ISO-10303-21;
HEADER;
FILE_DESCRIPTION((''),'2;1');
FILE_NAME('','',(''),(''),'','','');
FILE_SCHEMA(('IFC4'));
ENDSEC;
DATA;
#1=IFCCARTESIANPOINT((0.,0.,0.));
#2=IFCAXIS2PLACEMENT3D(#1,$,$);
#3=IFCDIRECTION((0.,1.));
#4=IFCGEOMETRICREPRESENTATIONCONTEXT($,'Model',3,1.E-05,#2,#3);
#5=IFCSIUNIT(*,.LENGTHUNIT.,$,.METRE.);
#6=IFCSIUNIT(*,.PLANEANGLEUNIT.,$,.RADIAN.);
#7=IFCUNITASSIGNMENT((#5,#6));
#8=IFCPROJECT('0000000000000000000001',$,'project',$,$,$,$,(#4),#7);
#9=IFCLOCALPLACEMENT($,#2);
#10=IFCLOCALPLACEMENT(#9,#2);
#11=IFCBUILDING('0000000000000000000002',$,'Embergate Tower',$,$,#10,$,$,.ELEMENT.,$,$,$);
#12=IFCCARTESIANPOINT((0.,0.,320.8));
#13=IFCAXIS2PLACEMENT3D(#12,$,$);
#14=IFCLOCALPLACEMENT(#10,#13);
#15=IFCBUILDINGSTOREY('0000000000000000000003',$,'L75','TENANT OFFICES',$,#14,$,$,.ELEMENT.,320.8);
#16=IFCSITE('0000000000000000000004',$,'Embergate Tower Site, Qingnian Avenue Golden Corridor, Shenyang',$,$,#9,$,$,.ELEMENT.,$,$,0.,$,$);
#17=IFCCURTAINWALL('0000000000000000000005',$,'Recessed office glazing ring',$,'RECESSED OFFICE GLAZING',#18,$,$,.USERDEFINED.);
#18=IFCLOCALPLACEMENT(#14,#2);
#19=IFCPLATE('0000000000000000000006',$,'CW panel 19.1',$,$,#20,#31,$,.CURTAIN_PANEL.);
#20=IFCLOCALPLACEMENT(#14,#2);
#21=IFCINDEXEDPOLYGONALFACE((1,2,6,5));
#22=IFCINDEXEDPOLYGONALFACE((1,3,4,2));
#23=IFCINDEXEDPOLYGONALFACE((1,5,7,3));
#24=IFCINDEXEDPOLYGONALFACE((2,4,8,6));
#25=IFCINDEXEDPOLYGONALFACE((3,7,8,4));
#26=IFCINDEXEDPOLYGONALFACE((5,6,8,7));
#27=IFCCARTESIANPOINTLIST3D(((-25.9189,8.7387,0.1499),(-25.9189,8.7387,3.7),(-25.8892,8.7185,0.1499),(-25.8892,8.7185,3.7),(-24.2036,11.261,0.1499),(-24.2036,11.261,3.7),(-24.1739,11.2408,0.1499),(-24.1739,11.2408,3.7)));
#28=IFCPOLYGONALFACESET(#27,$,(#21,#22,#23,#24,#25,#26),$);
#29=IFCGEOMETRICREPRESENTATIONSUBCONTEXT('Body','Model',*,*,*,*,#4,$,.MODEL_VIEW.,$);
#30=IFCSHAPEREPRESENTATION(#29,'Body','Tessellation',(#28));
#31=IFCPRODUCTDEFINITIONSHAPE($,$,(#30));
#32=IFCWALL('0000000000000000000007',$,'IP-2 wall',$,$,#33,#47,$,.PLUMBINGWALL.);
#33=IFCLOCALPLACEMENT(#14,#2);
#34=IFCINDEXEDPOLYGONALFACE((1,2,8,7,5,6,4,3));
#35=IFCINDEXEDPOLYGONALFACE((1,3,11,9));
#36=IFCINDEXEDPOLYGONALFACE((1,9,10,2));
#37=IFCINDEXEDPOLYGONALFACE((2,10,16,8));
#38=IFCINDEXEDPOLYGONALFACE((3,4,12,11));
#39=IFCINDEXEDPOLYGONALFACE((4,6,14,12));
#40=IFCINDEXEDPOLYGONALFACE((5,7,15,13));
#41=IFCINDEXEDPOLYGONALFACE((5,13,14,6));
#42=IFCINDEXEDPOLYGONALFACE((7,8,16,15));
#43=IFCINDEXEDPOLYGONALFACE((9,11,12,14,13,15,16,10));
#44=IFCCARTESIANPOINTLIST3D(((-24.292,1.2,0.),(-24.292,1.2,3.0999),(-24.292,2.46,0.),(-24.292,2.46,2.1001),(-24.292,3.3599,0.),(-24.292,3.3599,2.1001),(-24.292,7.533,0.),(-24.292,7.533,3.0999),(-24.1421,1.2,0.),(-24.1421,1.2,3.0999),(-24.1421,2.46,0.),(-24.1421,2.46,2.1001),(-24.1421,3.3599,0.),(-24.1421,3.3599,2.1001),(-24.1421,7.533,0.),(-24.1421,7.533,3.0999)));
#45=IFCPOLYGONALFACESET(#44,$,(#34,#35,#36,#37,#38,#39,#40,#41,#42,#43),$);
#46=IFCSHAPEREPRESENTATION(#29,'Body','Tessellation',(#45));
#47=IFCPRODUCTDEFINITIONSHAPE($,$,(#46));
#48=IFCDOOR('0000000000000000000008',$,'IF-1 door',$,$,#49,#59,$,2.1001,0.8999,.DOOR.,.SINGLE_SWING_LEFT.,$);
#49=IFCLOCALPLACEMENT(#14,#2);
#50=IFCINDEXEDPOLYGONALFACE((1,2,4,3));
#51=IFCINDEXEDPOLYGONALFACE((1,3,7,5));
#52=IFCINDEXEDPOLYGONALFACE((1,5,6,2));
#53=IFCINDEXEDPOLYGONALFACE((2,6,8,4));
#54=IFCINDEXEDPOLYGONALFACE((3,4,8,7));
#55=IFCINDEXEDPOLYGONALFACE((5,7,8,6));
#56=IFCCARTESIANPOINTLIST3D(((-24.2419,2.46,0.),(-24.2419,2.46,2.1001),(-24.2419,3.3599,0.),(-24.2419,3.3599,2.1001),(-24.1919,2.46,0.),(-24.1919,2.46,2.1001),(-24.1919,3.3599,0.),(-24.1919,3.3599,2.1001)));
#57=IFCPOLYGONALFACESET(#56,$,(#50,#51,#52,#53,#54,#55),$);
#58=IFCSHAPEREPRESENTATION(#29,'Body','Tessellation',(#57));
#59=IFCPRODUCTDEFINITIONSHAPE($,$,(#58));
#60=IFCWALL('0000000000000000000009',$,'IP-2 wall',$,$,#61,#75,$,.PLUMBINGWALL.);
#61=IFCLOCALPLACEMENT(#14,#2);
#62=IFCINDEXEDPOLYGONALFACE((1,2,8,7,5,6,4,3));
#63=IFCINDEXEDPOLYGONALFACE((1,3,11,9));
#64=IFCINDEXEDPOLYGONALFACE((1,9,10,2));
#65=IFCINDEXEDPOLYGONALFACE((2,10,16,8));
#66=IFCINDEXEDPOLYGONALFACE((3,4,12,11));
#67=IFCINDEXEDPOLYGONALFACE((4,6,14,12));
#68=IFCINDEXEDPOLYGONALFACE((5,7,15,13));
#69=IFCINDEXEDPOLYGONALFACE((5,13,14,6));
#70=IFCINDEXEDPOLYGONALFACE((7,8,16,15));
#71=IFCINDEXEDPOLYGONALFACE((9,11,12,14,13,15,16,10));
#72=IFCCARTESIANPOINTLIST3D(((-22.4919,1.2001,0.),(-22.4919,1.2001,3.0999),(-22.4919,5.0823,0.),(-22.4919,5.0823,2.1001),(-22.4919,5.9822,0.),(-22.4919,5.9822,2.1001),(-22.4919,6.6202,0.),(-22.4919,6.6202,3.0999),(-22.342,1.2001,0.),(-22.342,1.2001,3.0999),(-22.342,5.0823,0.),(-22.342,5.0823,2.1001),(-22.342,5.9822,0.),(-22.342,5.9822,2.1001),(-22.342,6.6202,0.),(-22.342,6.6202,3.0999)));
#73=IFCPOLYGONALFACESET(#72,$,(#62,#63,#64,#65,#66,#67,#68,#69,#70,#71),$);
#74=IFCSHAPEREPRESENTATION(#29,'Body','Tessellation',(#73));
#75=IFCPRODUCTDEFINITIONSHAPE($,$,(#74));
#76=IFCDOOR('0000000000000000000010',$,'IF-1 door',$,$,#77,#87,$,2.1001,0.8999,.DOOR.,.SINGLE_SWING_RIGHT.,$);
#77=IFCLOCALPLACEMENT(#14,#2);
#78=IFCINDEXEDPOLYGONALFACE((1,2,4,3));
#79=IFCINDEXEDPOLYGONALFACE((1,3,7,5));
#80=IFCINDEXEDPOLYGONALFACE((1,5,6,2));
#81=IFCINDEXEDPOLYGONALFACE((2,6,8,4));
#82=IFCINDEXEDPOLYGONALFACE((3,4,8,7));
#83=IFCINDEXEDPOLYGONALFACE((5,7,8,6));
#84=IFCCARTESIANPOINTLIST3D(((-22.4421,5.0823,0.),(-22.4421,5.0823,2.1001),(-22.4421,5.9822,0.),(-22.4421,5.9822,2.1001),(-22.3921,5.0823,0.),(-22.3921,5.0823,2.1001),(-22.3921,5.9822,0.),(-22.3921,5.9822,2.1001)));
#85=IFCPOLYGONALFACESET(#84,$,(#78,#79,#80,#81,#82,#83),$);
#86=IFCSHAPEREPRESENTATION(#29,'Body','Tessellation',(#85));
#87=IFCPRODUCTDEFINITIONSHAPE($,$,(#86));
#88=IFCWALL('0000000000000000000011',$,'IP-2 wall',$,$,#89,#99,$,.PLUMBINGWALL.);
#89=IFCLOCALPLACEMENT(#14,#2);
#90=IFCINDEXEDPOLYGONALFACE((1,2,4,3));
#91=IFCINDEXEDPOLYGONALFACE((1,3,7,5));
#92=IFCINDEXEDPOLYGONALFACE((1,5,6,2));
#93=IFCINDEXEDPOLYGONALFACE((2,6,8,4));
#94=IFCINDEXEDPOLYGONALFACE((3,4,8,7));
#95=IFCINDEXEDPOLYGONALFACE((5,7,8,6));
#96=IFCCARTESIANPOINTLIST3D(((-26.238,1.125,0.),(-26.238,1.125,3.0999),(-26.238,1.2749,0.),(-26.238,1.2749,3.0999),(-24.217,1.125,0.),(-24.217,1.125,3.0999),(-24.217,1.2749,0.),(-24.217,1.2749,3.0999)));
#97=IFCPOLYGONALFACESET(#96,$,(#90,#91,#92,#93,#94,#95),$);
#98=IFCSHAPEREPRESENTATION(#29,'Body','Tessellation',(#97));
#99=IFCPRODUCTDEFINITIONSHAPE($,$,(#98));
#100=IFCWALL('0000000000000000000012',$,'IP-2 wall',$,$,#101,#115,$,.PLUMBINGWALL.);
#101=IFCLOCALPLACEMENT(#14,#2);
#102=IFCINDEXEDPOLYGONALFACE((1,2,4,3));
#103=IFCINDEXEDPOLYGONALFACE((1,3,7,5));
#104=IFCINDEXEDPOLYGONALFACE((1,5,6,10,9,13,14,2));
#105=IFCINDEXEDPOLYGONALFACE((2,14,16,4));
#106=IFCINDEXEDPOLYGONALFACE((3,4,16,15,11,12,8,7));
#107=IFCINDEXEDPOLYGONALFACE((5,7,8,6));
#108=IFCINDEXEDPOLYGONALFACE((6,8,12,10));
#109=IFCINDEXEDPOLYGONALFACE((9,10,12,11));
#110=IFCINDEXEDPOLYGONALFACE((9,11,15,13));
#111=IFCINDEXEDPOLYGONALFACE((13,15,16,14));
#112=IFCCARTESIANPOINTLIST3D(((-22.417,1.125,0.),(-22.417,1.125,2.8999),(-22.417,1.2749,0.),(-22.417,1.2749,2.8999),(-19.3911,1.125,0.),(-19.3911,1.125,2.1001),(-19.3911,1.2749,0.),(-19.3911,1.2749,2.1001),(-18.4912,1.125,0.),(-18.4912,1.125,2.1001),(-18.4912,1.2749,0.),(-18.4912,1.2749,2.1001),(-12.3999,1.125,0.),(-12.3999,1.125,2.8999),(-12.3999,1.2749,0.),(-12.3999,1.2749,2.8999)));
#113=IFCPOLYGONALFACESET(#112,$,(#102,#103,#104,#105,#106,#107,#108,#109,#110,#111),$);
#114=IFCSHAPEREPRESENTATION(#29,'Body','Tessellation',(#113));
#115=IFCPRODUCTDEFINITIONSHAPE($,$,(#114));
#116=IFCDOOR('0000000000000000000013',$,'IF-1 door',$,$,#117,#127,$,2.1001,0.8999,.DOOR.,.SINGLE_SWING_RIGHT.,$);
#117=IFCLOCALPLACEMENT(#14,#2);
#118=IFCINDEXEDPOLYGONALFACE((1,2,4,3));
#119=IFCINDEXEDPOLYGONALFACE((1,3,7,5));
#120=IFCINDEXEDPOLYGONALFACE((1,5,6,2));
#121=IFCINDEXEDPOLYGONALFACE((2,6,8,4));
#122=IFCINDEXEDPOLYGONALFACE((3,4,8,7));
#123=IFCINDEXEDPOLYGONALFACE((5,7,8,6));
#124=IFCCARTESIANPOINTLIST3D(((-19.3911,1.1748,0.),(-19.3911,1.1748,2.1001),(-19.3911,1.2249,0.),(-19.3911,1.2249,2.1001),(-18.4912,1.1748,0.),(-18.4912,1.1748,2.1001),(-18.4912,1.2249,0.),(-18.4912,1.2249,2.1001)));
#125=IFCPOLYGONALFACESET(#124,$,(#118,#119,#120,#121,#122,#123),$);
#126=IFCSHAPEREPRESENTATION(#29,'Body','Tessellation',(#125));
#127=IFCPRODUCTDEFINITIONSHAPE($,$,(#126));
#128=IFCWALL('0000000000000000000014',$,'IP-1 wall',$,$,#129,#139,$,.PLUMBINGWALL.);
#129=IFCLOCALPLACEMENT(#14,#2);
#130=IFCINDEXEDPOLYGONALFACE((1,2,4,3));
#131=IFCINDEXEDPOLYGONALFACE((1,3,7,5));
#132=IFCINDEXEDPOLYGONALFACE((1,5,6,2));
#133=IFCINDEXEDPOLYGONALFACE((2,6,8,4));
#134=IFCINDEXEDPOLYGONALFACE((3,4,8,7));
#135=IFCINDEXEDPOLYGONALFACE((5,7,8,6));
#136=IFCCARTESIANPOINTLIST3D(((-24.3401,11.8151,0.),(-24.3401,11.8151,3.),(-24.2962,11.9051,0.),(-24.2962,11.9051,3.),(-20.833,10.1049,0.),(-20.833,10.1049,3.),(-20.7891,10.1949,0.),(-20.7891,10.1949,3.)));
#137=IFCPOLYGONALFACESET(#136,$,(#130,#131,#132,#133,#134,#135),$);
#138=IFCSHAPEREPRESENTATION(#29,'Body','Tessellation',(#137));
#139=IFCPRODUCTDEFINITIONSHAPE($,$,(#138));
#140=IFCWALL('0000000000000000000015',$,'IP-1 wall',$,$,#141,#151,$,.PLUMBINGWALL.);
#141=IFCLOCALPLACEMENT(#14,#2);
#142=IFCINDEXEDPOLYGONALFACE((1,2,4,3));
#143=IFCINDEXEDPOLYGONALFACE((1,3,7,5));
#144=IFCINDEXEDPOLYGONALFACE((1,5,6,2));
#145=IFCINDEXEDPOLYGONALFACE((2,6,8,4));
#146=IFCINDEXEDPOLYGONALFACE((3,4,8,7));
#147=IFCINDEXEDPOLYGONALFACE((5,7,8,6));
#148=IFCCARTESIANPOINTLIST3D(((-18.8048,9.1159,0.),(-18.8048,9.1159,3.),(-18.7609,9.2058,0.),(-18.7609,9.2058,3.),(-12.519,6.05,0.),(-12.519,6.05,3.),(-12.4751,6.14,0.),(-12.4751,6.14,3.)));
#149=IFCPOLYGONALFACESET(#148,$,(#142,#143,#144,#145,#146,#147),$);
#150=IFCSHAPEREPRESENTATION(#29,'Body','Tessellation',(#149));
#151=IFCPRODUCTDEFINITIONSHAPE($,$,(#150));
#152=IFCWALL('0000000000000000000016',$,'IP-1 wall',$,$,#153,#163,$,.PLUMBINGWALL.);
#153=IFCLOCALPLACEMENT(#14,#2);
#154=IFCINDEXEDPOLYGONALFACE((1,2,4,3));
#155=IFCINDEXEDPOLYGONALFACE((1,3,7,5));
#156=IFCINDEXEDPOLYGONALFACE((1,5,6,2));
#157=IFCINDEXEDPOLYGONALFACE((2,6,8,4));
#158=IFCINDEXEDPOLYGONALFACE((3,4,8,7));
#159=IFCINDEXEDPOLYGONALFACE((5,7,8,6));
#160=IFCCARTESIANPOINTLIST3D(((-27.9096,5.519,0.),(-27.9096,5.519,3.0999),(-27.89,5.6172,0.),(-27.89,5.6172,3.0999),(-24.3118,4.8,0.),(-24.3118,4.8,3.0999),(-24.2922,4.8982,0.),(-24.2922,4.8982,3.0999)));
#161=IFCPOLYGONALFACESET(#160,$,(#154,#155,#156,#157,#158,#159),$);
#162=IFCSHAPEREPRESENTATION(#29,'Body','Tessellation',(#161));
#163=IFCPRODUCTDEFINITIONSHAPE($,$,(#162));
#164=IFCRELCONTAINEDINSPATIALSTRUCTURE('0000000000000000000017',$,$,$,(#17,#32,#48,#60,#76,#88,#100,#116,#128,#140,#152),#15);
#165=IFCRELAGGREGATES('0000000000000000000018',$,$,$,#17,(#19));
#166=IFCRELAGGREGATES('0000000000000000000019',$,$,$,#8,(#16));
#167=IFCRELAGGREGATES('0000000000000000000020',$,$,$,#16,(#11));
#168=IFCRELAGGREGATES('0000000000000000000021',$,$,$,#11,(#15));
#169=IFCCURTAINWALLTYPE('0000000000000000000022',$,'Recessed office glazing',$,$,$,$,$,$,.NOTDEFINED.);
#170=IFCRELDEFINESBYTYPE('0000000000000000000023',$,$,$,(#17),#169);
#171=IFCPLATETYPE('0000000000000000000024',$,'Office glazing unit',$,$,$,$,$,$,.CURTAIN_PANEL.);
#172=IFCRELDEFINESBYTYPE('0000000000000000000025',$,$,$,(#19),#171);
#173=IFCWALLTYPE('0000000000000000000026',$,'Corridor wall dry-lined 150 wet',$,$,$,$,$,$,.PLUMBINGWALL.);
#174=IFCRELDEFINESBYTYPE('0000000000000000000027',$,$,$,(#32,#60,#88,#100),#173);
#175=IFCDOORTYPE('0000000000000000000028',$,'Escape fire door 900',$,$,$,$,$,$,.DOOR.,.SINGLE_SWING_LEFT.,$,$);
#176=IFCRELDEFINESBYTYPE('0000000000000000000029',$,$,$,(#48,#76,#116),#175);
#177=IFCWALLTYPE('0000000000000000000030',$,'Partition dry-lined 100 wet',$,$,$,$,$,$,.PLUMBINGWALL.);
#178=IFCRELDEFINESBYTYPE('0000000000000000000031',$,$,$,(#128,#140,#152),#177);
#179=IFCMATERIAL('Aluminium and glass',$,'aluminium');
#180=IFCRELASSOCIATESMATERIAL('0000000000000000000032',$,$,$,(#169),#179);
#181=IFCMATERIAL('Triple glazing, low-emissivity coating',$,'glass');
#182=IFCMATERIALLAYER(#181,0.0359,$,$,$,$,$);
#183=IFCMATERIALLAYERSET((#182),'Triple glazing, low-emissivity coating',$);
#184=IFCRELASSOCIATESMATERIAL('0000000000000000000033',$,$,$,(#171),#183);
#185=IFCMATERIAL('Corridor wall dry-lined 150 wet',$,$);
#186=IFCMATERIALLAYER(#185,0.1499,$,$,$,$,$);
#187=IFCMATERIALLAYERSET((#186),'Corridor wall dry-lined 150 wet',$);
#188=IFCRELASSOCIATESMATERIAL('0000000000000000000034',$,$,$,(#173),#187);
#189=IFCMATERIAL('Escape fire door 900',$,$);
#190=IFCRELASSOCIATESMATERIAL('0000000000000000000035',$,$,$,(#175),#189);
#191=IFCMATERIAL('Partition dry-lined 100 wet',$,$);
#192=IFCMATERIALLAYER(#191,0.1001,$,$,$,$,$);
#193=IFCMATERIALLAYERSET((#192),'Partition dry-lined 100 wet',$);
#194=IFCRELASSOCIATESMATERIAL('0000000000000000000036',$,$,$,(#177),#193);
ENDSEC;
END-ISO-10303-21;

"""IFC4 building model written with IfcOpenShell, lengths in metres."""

from ifc_helpers import new_model, si_unit, direction, frame, frame_2d, origin, origin_2d, place, context, subcontext, project, spatial, rectangle, extrude, source, transform, mapped, material, layer, layer_set, type_object, element, fill, aggregate, save


model = new_model("IFC4")

# Units and contexts
model_context = context("Model", 3, precision=1e-05, world=origin(), true_north=direction((0.0, 1.0)))
body_context = subcontext(model_context, "Body", "Model", "MODEL_VIEW")
ifc_project = project(units=[si_unit("LENGTHUNIT", "METRE"), si_unit("PLANEANGLEUNIT", "RADIAN")], contexts=[model_context])

# Site, building, storey
site_placement = place(None, origin())
site = spatial("IfcSite", under=ifc_project, at=site_placement, Name="Embergate Tower Site, Qingnian Avenue Golden Corridor, Shenyang", CompositionType="ELEMENT", RefElevation=0.0)
building_placement = place(site_placement, origin())
building = spatial("IfcBuilding", under=site, at=building_placement, Name="Embergate Tower", CompositionType="ELEMENT")
storey_placement = place(building_placement, frame((0.0, 0.0, 320.8)))
storey = spatial("IfcBuildingStorey", under=building, at=storey_placement, Name="L75", Description="TENANT OFFICES", CompositionType="ELEMENT", Elevation=320.8)

# Curtain wall, plate
ifc_material_1 = material(Name="Aluminium and glass", Category="aluminium")
curtain_wall_type = type_object("IfcCurtainWallType", Name="Recessed office glazing", PredefinedType="NOTDEFINED", material=ifc_material_1)
curtain_wall_placement = place(storey_placement, origin())
curtain_wall = element("IfcCurtainWall", 1, at=curtain_wall_placement, inside=storey, type_object=curtain_wall_type, Name="Recessed office glazing ring", ObjectType="RECESSED OFFICE GLAZING", PredefinedType="USERDEFINED")
ifc_material_2 = material(Name="Triple glazing, low-emissivity coating", Category="glass")
ifc_layer_1 = layer(ifc_material_2, 0.0359)
ifc_layer_set_1 = layer_set([ifc_layer_1], Name="Triple glazing, low-emissivity coating")
plate_type = type_object("IfcPlateType", Name="Office glazing unit", PredefinedType="CURTAIN_PANEL", material=ifc_layer_set_1)
shared_shape_1 = source(origin(), body_context, "Body", "SweptSolid", [
    extrude(rectangle(XDim=3.0503, YDim=0.0359, at=origin_2d()), origin(), (0.0, 0.0, 1.0), 3.55),
])
plate_1_placement = place(storey_placement, frame((-25.0464, 9.9897, 0.1499), z_axis=(0.0, 0.0, 1.0), x_axis=(-0.562342, -0.826905, 0.0)))
plate_1 = element("IfcPlate", 2, at=plate_1_placement, type_object=plate_type, Name="CW panel 19.1", PredefinedType="CURTAIN_PANEL", context=body_context, shape_type="MappedRepresentation", body=[
    mapped(shared_shape_1, transform((0.0, 0.0, 0.0))),
])
aggregate(curtain_wall, [plate_1])

# Walls, openings, doors
ifc_material_3 = material(Name="Corridor wall dry-lined 150 wet")
ifc_layer_2 = layer(ifc_material_3, 0.1499)
ifc_layer_set_2 = layer_set([ifc_layer_2], Name="Corridor wall dry-lined 150 wet")
wall_type_1 = type_object("IfcWallType", Name="Corridor wall dry-lined 150 wet", PredefinedType="PLUMBINGWALL", material=ifc_layer_set_2)
shared_shape_2 = source(origin(), body_context, "Body", "SweptSolid", [
    extrude(rectangle(XDim=6.333, YDim=0.1499, at=frame_2d((3.1665, 0.0))), origin(), (0.0, 0.0, 1.0), 3.0999),
])
wall_1_placement = place(storey_placement, frame((-24.217, 1.2, 0.0), z_axis=(0.0, 0.0, 1.0), x_axis=(0.0, 1.0, 0.0)))
wall_1 = element("IfcWall", 3, at=wall_1_placement, inside=storey, type_object=wall_type_1, Name="IP-2 wall", PredefinedType="PLUMBINGWALL", context=body_context, shape_type="MappedRepresentation", body=[
    mapped(shared_shape_2, transform((0.0, 0.0, 0.0))),
])
shared_shape_3 = source(origin(), body_context, "Body", "SweptSolid", [
    extrude(rectangle(XDim=0.8999, YDim=2.1001, at=frame_2d((0.45, 1.05))), frame((0.0, 0.085, 0.0), z_axis=(0.0, -1.0, 0.0), x_axis=(1.0, 0.0, 0.0)), (0.0, 0.0, 1.0), 0.1699),
])
opening_1_placement = place(wall_1_placement, frame((1.26, 0.0, 0.0)))
opening_1 = element("IfcOpeningElement", 4, at=opening_1_placement, cuts=wall_1, PredefinedType="OPENING", context=body_context, shape_type="MappedRepresentation", body=[
    mapped(shared_shape_3, transform((0.0, 0.0, 0.0))),
])
ifc_material_4 = material(Name="Escape fire door 900")
door_type = type_object("IfcDoorType", Name="Escape fire door 900", OperationType="SINGLE_SWING_LEFT", PredefinedType="DOOR", material=ifc_material_4)
shared_shape_4 = source(origin(), body_context, "Body", "SweptSolid", [
    extrude(rectangle(XDim=0.8999, YDim=2.1001, at=frame_2d((0.45, 1.05))), frame((0.0, 0.0249, 0.0), z_axis=(0.0, -1.0, 0.0), x_axis=(1.0, 0.0, 0.0)), (0.0, 0.0, 1.0), 0.05),
])
door_1_placement = place(opening_1_placement, origin())
door_1 = element("IfcDoor", 5, at=door_1_placement, inside=storey, type_object=door_type, Name="IF-1 door", OperationType="SINGLE_SWING_LEFT", OverallHeight=2.1001, OverallWidth=0.8999, PredefinedType="DOOR", context=body_context, shape_type="MappedRepresentation", body=[
    mapped(shared_shape_4, transform((0.0, 0.0, 0.0))),
])
fill(opening_1, door_1)
shared_shape_5 = source(origin(), body_context, "Body", "SweptSolid", [
    extrude(rectangle(XDim=5.4202, YDim=0.1499, at=frame_2d((2.71, 0.0))), origin(), (0.0, 0.0, 1.0), 3.0999),
])
wall_2_placement = place(storey_placement, frame((-22.417, 6.6201, 0.0), z_axis=(0.0, 0.0, 1.0), x_axis=(0.0, -1.0, 0.0)))
wall_2 = element("IfcWall", 6, at=wall_2_placement, inside=storey, type_object=wall_type_1, Name="IP-2 wall", PredefinedType="PLUMBINGWALL", context=body_context, shape_type="MappedRepresentation", body=[
    mapped(shared_shape_5, transform((0.0, 0.0, 0.0))),
])
opening_2_placement = place(wall_2_placement, frame((0.6379, 0.0, 0.0)))
opening_2 = element("IfcOpeningElement", 7, at=opening_2_placement, cuts=wall_2, PredefinedType="OPENING", context=body_context, shape_type="MappedRepresentation", body=[
    mapped(shared_shape_3, transform((0.0, 0.0, 0.0))),
])
door_2_placement = place(opening_2_placement, origin())
door_2 = element("IfcDoor", 8, at=door_2_placement, inside=storey, type_object=door_type, Name="IF-1 door", OperationType="SINGLE_SWING_RIGHT", OverallHeight=2.1001, OverallWidth=0.8999, PredefinedType="DOOR", context=body_context, shape_type="MappedRepresentation", body=[
    mapped(shared_shape_4, transform((0.0, 0.0, 0.0))),
])
fill(opening_2, door_2)

# Wall
shared_shape_6 = source(origin(), body_context, "Body", "SweptSolid", [
    extrude(rectangle(XDim=2.021, YDim=0.1499, at=frame_2d((1.0105, 0.0))), origin(), (0.0, 0.0, 1.0), 3.0999),
])
wall_3_placement = place(storey_placement, frame((-26.238, 1.2, 0.0), z_axis=(0.0, 0.0, 1.0), x_axis=(1.0, 0.0, 0.0)))
element("IfcWall", 9, at=wall_3_placement, inside=storey, type_object=wall_type_1, Name="IP-2 wall", PredefinedType="PLUMBINGWALL", context=body_context, shape_type="MappedRepresentation", body=[
    mapped(shared_shape_6, transform((0.0, 0.0, 0.0))),
])

# Wall, opening, door
shared_shape_7 = source(origin(), body_context, "Body", "SweptSolid", [
    extrude(rectangle(XDim=10.0171, YDim=0.1499, at=frame_2d((5.0085, 0.0))), origin(), (0.0, 0.0, 1.0), 2.8999),
])
wall_4_placement = place(storey_placement, frame((-22.417, 1.2, 0.0), z_axis=(0.0, 0.0, 1.0), x_axis=(1.0, 0.0, 0.0)))
wall_4 = element("IfcWall", 10, at=wall_4_placement, inside=storey, type_object=wall_type_1, Name="IP-2 wall", PredefinedType="PLUMBINGWALL", context=body_context, shape_type="MappedRepresentation", body=[
    mapped(shared_shape_7, transform((0.0, 0.0, 0.0))),
])
opening_3_placement = place(wall_4_placement, frame((3.0259, 0.0, 0.0)))
opening_3 = element("IfcOpeningElement", 11, at=opening_3_placement, cuts=wall_4, PredefinedType="OPENING", context=body_context, shape_type="MappedRepresentation", body=[
    mapped(shared_shape_3, transform((0.0, 0.0, 0.0))),
])
door_3_placement = place(opening_3_placement, origin())
door_3 = element("IfcDoor", 12, at=door_3_placement, inside=storey, type_object=door_type, Name="IF-1 door", OperationType="SINGLE_SWING_RIGHT", OverallHeight=2.1001, OverallWidth=0.8999, PredefinedType="DOOR", context=body_context, shape_type="MappedRepresentation", body=[
    mapped(shared_shape_4, transform((0.0, 0.0, 0.0))),
])
fill(opening_3, door_3)

# Walls
ifc_material_5 = material(Name="Partition dry-lined 100 wet")
ifc_layer_3 = layer(ifc_material_5, 0.1001)
ifc_layer_set_3 = layer_set([ifc_layer_3], Name="Partition dry-lined 100 wet")
wall_type_2 = type_object("IfcWallType", Name="Partition dry-lined 100 wet", PredefinedType="PLUMBINGWALL", material=ifc_layer_set_3)
shared_shape_8 = source(origin(), body_context, "Body", "SweptSolid", [
    extrude(rectangle(XDim=3.9019, YDim=0.1001, at=frame_2d((1.9509, 0.0))), origin(), (0.0, 0.0, 1.0), 3.0),
])
wall_5_placement = place(storey_placement, frame((-20.811, 10.1499, 0.0), z_axis=(0.0, 0.0, 1.0), x_axis=(-0.898826, 0.438307, 0.0)))
element("IfcWall", 13, at=wall_5_placement, inside=storey, type_object=wall_type_2, Name="IP-1 wall", PredefinedType="PLUMBINGWALL", context=body_context, shape_type="MappedRepresentation", body=[
    mapped(shared_shape_8, transform((0.0, 0.0, 0.0))),
])
shared_shape_9 = source(origin(), body_context, "Body", "SweptSolid", [
    extrude(rectangle(XDim=6.9937, YDim=0.1001, at=frame_2d((3.4968, 0.0))), origin(), (0.0, 0.0, 1.0), 3.0),
])
wall_6_placement = place(storey_placement, frame((-12.4971, 6.095, 0.0), z_axis=(0.0, 0.0, 1.0), x_axis=(-0.898789, 0.438381, 0.0)))
element("IfcWall", 14, at=wall_6_placement, inside=storey, type_object=wall_type_2, Name="IP-1 wall", PredefinedType="PLUMBINGWALL", context=body_context, shape_type="MappedRepresentation", body=[
    mapped(shared_shape_9, transform((0.0, 0.0, 0.0))),
])
shared_shape_10 = source(origin(), body_context, "Body", "SweptSolid", [
    extrude(rectangle(XDim=3.6689, YDim=0.1001, at=frame_2d((1.8345, 0.0))), origin(), (0.0, 0.0, 1.0), 3.0999),
])
wall_7_placement = place(storey_placement, frame((-24.302, 4.8491, 0.0), z_axis=(0.0, 0.0, 1.0), x_axis=(-0.980611, 0.195963, 0.0)))
element("IfcWall", 15, at=wall_7_placement, inside=storey, type_object=wall_type_2, Name="IP-1 wall", PredefinedType="PLUMBINGWALL", context=body_context, shape_type="MappedRepresentation", body=[
    mapped(shared_shape_10, transform((0.0, 0.0, 0.0))),
])

save(model, "model.ifc")
